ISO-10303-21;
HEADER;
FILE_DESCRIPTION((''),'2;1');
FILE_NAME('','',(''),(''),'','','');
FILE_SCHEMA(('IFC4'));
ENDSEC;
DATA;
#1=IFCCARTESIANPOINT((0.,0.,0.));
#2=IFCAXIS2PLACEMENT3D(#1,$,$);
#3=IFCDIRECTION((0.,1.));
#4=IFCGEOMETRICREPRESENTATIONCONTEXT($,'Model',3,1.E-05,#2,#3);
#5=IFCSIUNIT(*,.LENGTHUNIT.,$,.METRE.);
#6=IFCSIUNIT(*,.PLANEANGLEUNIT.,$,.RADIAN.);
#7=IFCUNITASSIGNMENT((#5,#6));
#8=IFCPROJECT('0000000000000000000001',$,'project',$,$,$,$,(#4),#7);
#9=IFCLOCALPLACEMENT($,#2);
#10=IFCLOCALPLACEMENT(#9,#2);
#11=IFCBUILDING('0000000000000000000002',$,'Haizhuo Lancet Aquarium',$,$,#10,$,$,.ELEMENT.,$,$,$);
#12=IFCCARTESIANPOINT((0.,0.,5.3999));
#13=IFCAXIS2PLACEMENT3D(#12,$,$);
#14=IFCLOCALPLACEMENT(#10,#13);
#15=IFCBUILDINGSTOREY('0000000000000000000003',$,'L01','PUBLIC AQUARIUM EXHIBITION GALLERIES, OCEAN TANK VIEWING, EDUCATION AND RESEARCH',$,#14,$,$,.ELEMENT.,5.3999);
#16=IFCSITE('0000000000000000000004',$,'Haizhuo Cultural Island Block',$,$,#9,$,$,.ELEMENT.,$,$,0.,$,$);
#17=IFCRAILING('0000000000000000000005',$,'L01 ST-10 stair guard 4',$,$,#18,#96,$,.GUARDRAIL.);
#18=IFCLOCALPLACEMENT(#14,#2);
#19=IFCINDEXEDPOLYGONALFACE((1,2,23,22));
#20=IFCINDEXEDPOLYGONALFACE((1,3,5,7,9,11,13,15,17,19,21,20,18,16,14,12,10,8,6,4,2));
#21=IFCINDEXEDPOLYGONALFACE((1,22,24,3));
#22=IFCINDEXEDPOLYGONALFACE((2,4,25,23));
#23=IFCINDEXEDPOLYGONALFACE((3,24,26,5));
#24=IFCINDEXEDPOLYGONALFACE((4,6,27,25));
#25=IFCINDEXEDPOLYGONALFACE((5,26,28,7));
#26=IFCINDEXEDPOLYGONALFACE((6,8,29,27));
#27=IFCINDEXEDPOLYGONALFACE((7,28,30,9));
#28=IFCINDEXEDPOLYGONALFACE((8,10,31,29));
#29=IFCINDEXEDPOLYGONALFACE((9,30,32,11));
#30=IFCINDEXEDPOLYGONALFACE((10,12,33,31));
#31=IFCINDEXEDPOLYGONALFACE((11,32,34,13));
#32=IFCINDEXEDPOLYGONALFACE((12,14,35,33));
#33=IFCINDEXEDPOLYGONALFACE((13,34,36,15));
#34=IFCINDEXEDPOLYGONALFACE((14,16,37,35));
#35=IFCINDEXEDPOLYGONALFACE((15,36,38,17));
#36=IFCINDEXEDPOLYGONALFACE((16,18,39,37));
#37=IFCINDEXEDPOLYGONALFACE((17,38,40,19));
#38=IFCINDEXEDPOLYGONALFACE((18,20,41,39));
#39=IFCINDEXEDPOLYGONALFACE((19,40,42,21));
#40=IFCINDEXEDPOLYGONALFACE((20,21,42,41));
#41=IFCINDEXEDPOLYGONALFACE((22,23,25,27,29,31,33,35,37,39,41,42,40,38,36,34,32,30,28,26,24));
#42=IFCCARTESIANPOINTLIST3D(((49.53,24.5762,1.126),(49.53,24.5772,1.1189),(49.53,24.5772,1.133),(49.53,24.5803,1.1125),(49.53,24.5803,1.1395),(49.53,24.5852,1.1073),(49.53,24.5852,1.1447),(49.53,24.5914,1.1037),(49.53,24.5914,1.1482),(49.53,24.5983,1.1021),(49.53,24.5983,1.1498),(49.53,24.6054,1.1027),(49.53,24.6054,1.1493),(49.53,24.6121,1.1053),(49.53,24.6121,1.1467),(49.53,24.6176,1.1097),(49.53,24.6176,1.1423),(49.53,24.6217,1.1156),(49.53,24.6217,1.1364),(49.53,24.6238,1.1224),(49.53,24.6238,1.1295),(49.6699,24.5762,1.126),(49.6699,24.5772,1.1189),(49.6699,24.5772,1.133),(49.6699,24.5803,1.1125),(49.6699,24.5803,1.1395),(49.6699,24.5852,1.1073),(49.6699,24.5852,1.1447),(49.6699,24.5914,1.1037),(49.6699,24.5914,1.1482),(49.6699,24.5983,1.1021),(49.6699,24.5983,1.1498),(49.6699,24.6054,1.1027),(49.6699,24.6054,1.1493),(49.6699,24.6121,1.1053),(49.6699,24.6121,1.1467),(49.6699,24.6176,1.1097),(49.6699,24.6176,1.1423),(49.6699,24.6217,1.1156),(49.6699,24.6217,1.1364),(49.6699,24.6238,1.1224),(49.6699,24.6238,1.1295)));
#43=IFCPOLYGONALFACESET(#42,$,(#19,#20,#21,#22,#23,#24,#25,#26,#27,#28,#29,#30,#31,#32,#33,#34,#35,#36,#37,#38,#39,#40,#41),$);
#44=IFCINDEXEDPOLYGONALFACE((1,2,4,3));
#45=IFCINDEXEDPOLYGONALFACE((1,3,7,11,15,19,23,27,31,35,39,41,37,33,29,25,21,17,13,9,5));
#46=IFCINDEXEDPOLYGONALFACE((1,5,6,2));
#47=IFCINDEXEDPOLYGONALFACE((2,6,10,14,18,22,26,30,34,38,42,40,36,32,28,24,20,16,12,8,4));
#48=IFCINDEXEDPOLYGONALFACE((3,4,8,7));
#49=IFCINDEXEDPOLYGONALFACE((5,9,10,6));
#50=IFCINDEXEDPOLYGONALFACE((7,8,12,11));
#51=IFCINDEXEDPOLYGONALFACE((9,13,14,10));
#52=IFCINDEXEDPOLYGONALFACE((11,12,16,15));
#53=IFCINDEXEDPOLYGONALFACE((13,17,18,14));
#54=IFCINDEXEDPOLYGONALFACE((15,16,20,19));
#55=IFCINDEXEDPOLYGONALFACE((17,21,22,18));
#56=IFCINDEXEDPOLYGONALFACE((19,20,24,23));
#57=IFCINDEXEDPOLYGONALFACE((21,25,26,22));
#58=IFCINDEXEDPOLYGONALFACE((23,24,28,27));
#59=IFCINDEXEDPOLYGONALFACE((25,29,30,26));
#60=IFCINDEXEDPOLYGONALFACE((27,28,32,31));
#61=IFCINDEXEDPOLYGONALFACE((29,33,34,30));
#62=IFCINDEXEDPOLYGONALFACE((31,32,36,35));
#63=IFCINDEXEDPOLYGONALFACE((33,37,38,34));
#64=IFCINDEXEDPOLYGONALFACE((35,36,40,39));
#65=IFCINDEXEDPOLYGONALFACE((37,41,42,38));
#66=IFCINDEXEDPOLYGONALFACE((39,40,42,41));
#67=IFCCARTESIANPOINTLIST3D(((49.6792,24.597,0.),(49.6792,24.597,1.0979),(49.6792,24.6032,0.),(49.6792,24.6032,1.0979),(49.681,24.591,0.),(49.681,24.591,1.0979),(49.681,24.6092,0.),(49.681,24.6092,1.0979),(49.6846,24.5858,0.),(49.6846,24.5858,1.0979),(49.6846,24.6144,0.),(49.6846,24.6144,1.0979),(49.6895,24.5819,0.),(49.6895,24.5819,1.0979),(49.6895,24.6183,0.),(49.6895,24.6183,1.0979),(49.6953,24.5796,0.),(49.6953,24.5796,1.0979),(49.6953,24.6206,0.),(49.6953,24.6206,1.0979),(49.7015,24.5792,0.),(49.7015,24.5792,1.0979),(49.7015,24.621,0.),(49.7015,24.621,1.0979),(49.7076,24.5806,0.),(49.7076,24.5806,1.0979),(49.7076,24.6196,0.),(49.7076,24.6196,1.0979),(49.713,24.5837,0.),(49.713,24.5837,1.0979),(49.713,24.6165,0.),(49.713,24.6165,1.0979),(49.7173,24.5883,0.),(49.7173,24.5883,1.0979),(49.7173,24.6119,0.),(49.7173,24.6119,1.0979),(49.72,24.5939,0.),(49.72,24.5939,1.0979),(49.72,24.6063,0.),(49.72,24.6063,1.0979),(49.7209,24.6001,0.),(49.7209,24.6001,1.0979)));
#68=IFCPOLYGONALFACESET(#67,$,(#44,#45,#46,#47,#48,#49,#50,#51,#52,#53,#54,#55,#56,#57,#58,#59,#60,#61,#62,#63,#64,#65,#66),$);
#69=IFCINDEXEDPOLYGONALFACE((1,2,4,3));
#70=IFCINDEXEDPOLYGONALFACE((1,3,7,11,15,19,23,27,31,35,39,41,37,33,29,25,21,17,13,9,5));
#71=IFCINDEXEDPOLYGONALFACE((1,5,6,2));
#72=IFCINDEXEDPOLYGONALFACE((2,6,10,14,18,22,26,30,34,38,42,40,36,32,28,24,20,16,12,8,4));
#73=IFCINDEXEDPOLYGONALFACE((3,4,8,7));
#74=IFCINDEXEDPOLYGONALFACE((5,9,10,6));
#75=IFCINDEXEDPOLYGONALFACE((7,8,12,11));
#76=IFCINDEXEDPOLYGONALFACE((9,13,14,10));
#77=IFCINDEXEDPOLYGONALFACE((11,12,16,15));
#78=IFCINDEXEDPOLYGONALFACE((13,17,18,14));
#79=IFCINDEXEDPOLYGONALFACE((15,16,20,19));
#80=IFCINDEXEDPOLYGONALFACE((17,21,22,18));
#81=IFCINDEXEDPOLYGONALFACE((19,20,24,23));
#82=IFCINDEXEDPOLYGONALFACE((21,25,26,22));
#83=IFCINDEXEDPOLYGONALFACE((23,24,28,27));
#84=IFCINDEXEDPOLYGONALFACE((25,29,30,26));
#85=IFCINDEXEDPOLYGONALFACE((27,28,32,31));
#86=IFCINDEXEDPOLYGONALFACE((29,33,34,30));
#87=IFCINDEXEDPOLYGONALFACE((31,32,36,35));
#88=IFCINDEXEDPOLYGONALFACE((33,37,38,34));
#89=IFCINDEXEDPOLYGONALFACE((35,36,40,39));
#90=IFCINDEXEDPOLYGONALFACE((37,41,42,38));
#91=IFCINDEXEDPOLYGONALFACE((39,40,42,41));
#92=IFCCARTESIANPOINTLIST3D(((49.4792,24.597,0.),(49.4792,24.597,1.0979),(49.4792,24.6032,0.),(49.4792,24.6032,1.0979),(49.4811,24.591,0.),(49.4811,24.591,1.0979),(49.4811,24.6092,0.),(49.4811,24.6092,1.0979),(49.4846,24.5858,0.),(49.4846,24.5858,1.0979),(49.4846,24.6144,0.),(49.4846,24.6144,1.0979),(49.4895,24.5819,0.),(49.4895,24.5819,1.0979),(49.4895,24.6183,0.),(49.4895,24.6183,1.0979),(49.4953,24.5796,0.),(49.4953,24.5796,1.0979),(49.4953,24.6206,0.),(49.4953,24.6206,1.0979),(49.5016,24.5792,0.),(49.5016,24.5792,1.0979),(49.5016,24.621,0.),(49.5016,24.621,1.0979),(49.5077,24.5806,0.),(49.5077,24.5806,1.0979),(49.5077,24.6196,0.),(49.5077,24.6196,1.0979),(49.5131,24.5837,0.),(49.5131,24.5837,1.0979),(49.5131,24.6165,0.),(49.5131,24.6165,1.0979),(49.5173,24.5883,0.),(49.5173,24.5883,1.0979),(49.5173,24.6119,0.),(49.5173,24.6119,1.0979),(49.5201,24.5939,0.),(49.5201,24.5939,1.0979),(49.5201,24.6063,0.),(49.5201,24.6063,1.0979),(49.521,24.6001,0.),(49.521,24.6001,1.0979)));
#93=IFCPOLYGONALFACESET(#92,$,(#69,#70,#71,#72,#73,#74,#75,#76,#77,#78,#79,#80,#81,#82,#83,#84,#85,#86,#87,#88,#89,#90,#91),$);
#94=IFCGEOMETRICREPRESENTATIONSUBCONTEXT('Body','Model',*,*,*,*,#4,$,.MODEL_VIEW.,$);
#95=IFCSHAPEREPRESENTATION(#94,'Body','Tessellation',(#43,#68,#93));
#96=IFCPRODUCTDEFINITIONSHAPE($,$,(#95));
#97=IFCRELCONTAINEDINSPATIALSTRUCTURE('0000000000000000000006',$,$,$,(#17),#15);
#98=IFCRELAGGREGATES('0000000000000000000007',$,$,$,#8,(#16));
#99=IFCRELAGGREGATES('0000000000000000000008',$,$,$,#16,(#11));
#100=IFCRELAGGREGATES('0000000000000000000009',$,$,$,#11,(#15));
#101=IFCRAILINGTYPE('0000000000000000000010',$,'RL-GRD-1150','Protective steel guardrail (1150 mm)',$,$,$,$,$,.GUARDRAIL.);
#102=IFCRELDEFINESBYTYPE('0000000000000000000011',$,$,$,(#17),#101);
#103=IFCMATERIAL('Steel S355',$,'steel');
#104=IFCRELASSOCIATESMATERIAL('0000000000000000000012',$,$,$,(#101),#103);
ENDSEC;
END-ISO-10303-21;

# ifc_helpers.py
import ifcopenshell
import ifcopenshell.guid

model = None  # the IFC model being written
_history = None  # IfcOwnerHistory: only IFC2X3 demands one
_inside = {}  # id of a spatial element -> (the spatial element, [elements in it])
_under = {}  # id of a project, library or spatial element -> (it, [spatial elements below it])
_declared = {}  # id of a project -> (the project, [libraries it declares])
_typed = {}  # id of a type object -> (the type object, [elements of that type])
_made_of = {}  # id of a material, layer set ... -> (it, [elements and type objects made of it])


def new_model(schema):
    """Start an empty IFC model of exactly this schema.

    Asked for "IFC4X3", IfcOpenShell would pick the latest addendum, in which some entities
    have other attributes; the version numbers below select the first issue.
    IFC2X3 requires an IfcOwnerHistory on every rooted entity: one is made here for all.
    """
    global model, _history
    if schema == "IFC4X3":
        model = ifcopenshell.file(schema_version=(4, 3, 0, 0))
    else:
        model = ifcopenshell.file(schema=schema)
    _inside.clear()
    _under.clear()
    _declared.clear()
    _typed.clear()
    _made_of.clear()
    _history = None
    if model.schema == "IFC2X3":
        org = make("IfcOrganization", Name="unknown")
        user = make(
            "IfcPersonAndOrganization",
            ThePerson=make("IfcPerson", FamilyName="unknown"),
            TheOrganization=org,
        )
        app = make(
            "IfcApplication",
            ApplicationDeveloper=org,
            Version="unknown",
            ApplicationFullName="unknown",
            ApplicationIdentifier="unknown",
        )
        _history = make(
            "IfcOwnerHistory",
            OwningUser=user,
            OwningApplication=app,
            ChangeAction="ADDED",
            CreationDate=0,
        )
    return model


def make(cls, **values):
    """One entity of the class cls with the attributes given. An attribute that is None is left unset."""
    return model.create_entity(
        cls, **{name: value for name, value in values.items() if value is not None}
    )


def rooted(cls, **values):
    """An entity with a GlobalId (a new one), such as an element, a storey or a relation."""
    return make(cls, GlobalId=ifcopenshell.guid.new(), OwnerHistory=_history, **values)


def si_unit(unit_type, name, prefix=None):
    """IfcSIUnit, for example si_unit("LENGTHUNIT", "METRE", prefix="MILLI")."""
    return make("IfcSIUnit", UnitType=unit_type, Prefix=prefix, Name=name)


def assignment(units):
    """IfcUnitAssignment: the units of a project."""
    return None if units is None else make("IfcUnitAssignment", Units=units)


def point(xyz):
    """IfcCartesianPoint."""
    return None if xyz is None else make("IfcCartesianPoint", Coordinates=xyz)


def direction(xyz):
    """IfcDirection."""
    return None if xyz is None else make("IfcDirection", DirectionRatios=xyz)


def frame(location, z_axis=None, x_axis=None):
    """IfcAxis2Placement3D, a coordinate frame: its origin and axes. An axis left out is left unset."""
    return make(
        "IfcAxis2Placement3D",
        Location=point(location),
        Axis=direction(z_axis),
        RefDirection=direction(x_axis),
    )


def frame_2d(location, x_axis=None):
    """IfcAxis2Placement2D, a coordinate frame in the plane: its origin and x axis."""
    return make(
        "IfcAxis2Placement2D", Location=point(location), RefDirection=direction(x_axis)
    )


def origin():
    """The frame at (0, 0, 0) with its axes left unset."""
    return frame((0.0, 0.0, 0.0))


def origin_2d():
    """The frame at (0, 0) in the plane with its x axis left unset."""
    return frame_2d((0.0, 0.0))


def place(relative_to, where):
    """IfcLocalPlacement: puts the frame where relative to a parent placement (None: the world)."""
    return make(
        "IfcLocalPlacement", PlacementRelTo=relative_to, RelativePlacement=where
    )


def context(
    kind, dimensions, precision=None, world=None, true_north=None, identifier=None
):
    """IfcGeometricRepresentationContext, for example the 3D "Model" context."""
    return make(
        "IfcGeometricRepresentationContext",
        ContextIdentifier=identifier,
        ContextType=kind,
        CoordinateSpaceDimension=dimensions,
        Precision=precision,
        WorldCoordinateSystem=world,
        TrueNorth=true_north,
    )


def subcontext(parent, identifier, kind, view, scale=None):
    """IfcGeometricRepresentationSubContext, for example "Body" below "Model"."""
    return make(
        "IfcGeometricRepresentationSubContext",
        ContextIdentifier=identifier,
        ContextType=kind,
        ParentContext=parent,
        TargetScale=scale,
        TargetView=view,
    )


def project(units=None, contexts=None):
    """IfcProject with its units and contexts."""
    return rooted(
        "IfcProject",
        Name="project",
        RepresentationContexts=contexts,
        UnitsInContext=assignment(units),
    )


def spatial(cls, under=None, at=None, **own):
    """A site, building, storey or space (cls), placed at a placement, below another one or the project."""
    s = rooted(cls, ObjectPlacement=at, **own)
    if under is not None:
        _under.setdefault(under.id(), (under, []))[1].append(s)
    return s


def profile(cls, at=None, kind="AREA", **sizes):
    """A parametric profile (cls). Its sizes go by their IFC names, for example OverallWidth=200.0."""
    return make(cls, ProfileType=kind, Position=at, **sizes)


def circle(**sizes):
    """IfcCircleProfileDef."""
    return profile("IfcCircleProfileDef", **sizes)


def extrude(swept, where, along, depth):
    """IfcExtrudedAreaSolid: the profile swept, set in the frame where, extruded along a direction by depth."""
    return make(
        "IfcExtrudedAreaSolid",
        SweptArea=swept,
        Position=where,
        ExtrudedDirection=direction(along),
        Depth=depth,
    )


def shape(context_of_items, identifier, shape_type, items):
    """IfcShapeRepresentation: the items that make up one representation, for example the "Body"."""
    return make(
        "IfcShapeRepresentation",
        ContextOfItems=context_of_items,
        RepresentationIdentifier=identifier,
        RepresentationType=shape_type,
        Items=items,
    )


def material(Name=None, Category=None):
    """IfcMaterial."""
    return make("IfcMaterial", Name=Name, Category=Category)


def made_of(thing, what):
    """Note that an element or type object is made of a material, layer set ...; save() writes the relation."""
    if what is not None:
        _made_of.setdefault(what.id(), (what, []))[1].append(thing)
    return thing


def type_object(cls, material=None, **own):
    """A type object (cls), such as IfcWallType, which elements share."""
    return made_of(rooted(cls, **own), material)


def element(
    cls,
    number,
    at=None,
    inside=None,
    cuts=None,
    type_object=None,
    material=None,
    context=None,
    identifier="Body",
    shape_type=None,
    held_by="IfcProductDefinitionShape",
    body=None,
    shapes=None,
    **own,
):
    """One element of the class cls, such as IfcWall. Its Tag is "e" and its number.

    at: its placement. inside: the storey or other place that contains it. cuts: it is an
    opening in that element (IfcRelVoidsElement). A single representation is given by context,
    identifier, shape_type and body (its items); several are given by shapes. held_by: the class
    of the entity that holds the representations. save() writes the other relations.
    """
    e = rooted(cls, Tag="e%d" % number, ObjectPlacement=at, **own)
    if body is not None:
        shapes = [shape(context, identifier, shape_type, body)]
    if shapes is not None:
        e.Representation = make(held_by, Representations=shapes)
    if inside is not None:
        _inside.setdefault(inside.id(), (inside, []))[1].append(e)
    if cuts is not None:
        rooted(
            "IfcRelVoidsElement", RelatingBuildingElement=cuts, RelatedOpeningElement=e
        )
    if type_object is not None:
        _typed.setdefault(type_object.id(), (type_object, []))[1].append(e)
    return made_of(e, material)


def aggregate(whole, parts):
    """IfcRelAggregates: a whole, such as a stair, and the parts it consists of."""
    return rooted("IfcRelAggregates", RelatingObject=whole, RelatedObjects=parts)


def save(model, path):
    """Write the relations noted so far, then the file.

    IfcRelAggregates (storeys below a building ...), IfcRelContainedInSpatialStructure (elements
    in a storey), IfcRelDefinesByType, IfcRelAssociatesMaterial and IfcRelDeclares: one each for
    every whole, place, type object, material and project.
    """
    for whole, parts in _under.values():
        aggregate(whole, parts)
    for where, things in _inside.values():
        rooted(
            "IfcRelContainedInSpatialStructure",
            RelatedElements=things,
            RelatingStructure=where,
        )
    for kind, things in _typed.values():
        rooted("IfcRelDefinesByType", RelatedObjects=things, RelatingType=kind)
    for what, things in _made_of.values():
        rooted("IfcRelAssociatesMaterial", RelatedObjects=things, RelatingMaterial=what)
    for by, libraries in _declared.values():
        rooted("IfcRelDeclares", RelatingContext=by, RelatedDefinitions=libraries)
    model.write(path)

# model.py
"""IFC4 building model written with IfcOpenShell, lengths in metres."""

from ifc_helpers import new_model, si_unit, direction, frame, origin, origin_2d, place, context, subcontext, project, spatial, circle, extrude, material, type_object, element, save


model = new_model("IFC4")

# Units and contexts
model_context = context("Model", 3, precision=1e-05, world=origin(), true_north=direction((0.0, 1.0)))
body_context = subcontext(model_context, "Body", "Model", "MODEL_VIEW")
ifc_project = project(units=[si_unit("LENGTHUNIT", "METRE"), si_unit("PLANEANGLEUNIT", "RADIAN")], contexts=[model_context])

# Site, building, storey
site_placement = place(None, origin())
site = spatial("IfcSite", under=ifc_project, at=site_placement, Name="Haizhuo Cultural Island Block", CompositionType="ELEMENT", RefElevation=0.0)
building_placement = place(site_placement, origin())
building = spatial("IfcBuilding", under=site, at=building_placement, Name="Haizhuo Lancet Aquarium", CompositionType="ELEMENT")
storey_placement = place(building_placement, frame((0.0, 0.0, 5.3999)))
storey = spatial("IfcBuildingStorey", under=building, at=storey_placement, Name="L01", Description="PUBLIC AQUARIUM EXHIBITION GALLERIES, OCEAN TANK VIEWING, EDUCATION AND RESEARCH", CompositionType="ELEMENT", Elevation=5.3999)

# Shared definitions
ifc_material_1 = material(Name="Steel S355", Category="steel")

# Railing
railing_type_1 = type_object("IfcRailingType", Name="RL-GRD-1150", Description="Protective steel guardrail (1150 mm)", PredefinedType="GUARDRAIL", material=ifc_material_1)
railing_1_placement = place(storey_placement, frame((49.7, 24.6001, 0.0)))
element("IfcRailing", 1, at=railing_1_placement, inside=storey, type_object=railing_type_1, Name="L01 ST-10 stair guard 4", PredefinedType="GUARDRAIL", context=body_context, shape_type="SweptSolid", body=[
    extrude(circle(Radius=0.0239, at=origin_2d()), frame((-0.03, 0.0, 1.126), z_axis=(-1.0, 0.0, 0.0), x_axis=(0.0, -1.0, 0.0)), (0.0, 0.0, 1.0), 0.1399),
    extrude(circle(Radius=0.021, at=origin_2d()), origin(), (0.0, 0.0, 1.0), 1.0979),
    extrude(circle(Radius=0.021, at=origin_2d()), frame((-0.2, 0.0, 0.0)), (0.0, 0.0, 1.0), 1.0979),
])

save(model, "model.ifc")
